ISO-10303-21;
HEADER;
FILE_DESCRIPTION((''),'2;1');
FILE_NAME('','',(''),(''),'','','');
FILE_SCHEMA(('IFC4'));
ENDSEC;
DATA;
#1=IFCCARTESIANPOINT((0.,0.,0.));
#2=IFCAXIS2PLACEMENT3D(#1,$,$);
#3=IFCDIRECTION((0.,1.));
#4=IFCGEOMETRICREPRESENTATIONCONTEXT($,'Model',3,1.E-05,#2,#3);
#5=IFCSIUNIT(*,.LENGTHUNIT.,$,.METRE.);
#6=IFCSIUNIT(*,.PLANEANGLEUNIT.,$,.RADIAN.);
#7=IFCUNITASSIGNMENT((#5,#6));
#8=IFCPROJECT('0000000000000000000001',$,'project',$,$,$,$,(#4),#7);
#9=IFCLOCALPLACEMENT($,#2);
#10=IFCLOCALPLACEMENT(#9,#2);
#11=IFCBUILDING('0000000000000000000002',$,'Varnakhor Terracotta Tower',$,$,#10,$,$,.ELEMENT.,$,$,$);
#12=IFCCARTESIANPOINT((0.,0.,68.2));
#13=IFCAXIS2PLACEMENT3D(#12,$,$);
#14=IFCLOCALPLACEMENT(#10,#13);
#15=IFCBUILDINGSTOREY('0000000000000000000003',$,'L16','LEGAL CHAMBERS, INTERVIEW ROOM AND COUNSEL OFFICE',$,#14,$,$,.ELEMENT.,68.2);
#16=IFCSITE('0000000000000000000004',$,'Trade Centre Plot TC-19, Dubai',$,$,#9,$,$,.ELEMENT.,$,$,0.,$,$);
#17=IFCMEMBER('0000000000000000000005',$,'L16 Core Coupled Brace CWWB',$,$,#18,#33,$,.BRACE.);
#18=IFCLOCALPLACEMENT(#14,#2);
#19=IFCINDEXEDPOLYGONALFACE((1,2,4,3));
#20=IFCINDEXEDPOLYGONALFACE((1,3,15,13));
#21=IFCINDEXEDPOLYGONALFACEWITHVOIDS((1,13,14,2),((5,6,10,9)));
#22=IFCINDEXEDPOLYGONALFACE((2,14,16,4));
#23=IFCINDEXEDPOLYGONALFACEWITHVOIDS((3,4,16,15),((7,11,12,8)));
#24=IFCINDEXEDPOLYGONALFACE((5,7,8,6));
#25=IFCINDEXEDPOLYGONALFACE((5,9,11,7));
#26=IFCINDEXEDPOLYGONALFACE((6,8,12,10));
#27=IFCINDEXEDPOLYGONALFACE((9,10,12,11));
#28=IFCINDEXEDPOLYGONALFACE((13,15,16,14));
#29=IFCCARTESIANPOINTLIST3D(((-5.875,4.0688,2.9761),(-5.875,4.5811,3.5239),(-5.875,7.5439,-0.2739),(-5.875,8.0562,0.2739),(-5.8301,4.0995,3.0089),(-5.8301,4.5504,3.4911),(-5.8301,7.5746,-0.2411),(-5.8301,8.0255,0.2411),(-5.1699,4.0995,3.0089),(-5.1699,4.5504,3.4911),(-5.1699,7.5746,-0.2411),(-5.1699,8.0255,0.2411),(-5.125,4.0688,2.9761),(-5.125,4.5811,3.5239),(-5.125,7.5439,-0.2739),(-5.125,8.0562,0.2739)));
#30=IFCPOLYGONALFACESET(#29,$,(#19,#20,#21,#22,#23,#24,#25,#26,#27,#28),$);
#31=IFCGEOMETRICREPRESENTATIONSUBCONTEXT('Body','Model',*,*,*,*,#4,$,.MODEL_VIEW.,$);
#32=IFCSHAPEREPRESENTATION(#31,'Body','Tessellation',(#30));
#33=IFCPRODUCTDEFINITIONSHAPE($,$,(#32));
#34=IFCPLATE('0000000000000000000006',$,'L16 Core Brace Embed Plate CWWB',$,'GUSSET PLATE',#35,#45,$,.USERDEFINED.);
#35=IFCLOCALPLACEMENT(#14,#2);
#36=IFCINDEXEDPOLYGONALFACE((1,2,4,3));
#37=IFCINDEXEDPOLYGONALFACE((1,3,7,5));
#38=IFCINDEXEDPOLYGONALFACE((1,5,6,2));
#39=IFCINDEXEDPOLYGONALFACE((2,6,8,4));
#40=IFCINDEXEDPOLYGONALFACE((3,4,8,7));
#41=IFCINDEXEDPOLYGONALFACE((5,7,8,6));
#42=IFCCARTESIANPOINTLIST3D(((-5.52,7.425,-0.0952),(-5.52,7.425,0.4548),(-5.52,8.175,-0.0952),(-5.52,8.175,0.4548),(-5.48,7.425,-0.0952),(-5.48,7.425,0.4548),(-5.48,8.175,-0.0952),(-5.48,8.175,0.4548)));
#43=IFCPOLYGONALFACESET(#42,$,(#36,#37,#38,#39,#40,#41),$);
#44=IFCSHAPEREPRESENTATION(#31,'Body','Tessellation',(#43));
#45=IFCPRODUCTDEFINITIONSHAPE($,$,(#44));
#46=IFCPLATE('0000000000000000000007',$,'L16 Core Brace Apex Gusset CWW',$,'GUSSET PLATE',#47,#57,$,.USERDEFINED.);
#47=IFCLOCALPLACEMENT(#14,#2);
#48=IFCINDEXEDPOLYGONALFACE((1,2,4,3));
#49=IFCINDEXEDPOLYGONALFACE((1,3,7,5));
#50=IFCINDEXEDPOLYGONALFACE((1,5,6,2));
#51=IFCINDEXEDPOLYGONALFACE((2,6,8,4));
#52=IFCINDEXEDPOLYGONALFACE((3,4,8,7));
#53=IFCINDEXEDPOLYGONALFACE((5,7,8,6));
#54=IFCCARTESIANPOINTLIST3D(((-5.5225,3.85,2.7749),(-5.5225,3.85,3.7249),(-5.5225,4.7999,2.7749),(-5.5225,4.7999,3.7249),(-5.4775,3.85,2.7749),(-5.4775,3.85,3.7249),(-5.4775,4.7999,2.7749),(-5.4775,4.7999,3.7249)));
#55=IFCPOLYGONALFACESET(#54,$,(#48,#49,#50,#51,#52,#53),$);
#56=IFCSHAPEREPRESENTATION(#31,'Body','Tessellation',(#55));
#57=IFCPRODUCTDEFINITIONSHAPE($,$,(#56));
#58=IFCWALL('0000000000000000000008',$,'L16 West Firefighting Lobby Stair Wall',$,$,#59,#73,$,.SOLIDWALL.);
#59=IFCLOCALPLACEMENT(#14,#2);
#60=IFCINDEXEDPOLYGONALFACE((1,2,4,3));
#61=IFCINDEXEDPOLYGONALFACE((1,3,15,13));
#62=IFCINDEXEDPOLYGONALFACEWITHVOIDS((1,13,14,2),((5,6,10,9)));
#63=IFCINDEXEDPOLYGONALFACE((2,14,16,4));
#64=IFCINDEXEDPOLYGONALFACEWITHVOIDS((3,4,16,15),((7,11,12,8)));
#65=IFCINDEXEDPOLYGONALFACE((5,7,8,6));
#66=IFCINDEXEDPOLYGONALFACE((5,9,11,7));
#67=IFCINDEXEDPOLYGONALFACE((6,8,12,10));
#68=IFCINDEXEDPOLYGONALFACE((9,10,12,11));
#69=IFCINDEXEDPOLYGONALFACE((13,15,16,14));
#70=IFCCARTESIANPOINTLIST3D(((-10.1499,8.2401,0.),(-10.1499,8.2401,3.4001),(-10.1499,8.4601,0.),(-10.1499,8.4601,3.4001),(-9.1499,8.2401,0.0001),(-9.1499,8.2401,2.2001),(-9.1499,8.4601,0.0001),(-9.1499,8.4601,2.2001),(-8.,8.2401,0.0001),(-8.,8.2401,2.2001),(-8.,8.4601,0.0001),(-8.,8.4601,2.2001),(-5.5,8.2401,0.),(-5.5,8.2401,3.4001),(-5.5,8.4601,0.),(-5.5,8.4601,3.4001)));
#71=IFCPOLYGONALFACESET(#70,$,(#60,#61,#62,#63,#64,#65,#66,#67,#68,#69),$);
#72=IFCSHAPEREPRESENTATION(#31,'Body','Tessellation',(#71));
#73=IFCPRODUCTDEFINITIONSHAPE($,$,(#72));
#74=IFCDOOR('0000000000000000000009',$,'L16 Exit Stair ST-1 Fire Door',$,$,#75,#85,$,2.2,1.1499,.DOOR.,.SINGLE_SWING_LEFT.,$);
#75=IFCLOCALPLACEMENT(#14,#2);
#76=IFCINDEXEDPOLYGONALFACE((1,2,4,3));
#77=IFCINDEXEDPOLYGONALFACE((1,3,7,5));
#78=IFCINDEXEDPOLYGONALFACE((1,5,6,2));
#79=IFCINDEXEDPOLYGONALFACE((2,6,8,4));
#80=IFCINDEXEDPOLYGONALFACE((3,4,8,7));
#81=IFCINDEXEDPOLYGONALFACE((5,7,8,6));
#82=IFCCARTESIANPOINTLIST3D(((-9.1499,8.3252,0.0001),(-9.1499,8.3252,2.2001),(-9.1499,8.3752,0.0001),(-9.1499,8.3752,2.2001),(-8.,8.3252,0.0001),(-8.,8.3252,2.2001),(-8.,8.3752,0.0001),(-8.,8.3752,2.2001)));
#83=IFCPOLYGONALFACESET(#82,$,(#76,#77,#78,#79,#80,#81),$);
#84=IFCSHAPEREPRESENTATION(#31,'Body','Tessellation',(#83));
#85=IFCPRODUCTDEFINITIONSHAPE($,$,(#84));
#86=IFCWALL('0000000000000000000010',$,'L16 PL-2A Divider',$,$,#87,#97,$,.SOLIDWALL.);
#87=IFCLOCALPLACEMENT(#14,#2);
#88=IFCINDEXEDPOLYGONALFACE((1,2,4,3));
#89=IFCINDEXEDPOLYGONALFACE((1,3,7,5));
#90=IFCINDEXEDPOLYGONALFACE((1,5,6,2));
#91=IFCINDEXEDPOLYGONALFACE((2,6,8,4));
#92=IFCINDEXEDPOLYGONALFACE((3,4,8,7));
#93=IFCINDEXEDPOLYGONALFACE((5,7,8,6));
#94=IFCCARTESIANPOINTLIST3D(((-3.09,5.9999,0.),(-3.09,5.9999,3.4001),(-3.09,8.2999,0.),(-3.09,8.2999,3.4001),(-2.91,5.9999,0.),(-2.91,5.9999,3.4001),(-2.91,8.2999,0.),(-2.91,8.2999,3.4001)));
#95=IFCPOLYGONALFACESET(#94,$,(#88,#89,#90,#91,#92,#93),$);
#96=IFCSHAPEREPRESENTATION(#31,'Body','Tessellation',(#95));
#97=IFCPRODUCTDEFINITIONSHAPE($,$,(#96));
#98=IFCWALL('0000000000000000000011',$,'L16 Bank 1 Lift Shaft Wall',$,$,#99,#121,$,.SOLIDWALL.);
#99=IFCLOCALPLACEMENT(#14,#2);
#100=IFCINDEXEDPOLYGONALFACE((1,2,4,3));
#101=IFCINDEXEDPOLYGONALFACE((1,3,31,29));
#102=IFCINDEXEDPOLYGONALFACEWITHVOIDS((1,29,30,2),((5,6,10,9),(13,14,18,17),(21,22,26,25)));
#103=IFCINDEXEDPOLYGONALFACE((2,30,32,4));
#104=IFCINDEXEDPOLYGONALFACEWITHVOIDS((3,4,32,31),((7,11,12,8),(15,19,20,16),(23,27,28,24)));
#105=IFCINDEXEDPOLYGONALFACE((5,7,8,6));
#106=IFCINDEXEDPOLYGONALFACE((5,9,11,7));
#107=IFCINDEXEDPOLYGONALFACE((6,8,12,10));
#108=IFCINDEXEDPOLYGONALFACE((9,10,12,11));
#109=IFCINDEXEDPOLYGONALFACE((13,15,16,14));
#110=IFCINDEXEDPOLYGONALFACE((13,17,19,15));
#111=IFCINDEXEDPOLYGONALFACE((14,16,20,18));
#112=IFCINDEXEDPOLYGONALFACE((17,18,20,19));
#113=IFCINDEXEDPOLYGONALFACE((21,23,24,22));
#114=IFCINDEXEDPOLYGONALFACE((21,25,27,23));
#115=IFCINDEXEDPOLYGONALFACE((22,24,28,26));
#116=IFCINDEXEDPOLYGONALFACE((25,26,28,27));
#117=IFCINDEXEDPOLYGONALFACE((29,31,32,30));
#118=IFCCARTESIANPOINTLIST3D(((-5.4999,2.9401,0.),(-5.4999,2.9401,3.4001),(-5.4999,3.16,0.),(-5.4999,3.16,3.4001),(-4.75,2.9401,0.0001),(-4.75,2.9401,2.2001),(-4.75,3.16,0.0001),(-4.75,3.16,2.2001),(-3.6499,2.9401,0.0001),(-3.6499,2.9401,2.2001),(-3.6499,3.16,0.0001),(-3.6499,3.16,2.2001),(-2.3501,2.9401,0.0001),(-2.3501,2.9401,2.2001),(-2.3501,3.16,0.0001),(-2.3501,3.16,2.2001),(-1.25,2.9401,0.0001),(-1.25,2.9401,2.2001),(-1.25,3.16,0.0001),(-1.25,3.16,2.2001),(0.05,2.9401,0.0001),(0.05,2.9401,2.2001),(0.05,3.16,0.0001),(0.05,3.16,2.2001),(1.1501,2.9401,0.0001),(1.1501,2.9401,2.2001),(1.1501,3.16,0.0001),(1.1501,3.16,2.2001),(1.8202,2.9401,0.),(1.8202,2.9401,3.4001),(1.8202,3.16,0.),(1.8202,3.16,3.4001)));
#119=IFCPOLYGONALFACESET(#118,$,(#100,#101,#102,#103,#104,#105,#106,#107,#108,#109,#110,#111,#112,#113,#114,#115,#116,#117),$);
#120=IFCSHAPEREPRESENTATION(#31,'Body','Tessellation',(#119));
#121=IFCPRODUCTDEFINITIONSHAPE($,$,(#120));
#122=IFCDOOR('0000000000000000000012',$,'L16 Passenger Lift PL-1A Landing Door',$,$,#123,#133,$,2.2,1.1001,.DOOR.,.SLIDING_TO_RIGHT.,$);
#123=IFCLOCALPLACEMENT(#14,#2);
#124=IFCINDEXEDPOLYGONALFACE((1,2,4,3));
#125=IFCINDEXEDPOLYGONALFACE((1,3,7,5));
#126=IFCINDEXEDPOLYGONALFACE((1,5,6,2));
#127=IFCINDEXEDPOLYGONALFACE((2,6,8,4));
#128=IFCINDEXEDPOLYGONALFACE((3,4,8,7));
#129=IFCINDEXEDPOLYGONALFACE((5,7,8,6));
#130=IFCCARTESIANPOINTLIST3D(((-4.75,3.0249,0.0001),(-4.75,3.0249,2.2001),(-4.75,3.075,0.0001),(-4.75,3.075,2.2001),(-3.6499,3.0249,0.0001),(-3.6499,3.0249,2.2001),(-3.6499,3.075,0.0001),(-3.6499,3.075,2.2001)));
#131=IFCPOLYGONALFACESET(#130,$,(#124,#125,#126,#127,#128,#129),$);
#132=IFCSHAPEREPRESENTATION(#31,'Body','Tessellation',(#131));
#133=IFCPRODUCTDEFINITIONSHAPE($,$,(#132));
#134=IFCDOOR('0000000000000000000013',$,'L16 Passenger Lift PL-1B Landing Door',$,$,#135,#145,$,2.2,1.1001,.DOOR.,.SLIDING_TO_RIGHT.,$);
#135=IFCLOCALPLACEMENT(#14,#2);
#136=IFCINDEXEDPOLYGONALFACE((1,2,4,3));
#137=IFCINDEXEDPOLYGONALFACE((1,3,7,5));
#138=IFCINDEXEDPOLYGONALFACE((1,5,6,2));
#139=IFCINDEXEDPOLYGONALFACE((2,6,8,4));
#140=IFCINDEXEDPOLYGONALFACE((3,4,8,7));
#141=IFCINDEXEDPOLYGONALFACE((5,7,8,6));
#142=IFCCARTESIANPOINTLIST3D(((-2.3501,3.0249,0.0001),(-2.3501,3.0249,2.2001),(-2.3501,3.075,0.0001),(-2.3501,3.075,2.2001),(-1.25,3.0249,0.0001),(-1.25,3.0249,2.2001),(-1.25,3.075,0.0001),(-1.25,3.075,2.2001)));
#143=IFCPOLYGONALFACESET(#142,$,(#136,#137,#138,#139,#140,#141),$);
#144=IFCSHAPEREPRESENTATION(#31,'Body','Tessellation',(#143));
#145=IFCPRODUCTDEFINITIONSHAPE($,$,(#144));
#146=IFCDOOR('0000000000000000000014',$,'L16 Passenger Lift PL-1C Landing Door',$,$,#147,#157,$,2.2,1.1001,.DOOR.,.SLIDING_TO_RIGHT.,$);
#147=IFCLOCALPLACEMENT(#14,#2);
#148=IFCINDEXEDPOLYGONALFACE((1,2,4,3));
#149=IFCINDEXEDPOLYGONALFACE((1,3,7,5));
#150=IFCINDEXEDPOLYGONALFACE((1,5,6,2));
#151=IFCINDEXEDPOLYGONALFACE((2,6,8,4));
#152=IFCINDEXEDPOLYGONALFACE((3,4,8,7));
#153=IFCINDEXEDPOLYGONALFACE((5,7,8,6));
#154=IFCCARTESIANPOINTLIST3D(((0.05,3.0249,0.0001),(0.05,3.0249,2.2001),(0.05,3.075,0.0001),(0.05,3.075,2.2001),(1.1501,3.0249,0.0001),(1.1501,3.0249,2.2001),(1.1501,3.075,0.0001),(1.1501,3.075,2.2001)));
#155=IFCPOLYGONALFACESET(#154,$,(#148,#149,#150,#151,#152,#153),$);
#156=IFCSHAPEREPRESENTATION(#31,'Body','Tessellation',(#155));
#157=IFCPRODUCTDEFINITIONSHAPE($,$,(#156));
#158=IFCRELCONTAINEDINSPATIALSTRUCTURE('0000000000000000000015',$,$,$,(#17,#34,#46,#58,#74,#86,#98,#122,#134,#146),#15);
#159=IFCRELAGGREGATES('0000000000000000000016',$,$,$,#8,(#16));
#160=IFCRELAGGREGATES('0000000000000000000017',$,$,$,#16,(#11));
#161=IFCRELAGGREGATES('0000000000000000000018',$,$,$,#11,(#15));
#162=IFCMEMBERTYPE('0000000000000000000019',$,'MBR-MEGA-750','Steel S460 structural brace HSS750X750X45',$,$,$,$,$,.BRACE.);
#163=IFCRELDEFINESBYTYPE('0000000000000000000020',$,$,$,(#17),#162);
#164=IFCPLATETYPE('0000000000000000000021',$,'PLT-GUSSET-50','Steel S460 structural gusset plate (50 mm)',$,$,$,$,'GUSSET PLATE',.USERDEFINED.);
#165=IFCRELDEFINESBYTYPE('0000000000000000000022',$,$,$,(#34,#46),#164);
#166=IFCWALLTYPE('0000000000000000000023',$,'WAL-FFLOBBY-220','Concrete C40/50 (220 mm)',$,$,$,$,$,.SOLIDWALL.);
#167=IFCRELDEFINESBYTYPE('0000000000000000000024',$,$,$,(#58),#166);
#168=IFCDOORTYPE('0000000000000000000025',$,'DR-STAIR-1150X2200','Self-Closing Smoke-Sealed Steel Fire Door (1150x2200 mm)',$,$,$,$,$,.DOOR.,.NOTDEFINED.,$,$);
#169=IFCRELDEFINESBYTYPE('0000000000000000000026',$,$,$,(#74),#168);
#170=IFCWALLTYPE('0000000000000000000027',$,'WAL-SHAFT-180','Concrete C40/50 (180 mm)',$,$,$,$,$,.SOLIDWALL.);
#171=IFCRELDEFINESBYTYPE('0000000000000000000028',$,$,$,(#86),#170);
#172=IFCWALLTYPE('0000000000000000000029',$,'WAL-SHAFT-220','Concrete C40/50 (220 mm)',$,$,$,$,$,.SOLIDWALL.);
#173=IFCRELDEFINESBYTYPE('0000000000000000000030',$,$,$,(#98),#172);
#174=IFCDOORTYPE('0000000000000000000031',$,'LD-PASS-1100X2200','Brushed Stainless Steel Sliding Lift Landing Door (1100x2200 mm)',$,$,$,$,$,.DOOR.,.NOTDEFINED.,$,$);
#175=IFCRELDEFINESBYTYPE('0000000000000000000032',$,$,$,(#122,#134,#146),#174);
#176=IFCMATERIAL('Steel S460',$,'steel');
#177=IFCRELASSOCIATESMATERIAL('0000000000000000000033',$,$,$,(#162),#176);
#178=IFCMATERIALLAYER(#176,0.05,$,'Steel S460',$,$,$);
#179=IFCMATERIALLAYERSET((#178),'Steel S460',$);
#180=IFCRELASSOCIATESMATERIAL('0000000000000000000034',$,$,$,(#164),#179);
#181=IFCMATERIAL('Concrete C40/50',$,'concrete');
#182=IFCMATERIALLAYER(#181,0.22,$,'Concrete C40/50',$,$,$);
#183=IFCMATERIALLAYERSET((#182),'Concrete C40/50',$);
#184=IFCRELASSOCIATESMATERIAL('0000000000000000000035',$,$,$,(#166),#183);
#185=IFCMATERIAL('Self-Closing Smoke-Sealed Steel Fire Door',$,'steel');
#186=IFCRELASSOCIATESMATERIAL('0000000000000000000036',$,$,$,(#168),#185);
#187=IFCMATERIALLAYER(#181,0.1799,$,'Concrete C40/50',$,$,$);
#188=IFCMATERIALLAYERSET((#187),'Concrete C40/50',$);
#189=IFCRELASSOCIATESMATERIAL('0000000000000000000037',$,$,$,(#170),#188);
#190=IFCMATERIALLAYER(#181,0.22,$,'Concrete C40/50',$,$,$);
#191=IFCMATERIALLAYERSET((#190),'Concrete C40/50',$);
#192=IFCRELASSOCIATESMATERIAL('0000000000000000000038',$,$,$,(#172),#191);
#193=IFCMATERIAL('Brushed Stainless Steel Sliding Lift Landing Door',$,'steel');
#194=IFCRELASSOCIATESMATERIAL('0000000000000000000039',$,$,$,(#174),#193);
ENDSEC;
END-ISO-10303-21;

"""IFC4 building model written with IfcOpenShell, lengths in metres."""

from ifc_helpers import new_model, si_unit, direction, frame, frame_2d, origin, origin_2d, place, context, subcontext, project, spatial, rectangle, hollow_rectangle, extrude, source, transform, mapped, material, layer, layer_set, material_profile, profile_set, type_object, type_shapes, element, fill, save


model = new_model("IFC4")

# Units and contexts
model_context = context("Model", 3, precision=1e-05, world=origin(), true_north=direction((0.0, 1.0)))
body_context = subcontext(model_context, "Body", "Model", "MODEL_VIEW")
ifc_project = project(units=[si_unit("LENGTHUNIT", "METRE"), si_unit("PLANEANGLEUNIT", "RADIAN")], contexts=[model_context])

# Site, building, storey
site_placement = place(None, origin())
site = spatial("IfcSite", under=ifc_project, at=site_placement, Name="Trade Centre Plot TC-19, Dubai", CompositionType="ELEMENT", RefElevation=0.0)
building_placement = place(site_placement, origin())
building = spatial("IfcBuilding", under=site, at=building_placement, Name="Varnakhor Terracotta Tower", CompositionType="ELEMENT")
storey_placement = place(building_placement, frame((0.0, 0.0, 68.2)))
storey = spatial("IfcBuildingStorey", under=building, at=storey_placement, Name="L16", Description="LEGAL CHAMBERS, INTERVIEW ROOM AND COUNSEL OFFICE", CompositionType="ELEMENT", Elevation=68.2)

# Member
ifc_material_1 = material(Name="Steel S460", Category="steel")
ifc_material_profile = material_profile(ifc_material_1, hollow_rectangle(XDim=0.75, YDim=0.75, WallThickness=0.0449, at=origin_2d()), Name="HSS750X750X45")
ifc_profile_set = profile_set([ifc_material_profile], Name="Steel S460")
member_type = type_object("IfcMemberType", Name="MBR-MEGA-750", Description="Steel S460 structural brace HSS750X750X45", PredefinedType="BRACE", material=ifc_profile_set)
shared_shape_1 = source(origin(), body_context, "Body", "SweptSolid", [
    extrude(hollow_rectangle(XDim=0.75, YDim=0.75, WallThickness=0.0449, at=origin_2d()), origin(), (0.0, 0.0, 1.0), 4.7581),
])
member_placement = place(storey_placement, frame((-5.5, 7.8, 0.0), z_axis=(0.0, -0.730366, 0.683056), x_axis=(1.0, 0.0, 0.0)))
element("IfcMember", 1, at=member_placement, inside=storey, type_object=member_type, Name="L16 Core Coupled Brace CWWB", PredefinedType="BRACE", context=body_context, shape_type="MappedRepresentation", body=[
    mapped(shared_shape_1, transform((0.0, 0.0, 0.0), scale=1.0)),
])

# Plates
ifc_layer_1 = layer(ifc_material_1, 0.05, Name="Steel S460")
ifc_layer_set_1 = layer_set([ifc_layer_1], Name="Steel S460")
plate_type = type_object("IfcPlateType", Name="PLT-GUSSET-50", Description="Steel S460 structural gusset plate (50 mm)", ElementType="GUSSET PLATE", PredefinedType="USERDEFINED", material=ifc_layer_set_1)
shared_shape_2 = source(origin(), body_context, "Body", "SweptSolid", [
    extrude(rectangle(XDim=0.75, YDim=0.04, at=origin_2d()), origin(), (0.0, 0.0, 1.0), 0.55),
])
type_shapes(plate_type, [shared_shape_2])
plate_1_placement = place(storey_placement, frame((-5.5, 7.8, -0.0952), z_axis=(0.0, 0.0, 1.0), x_axis=(0.0, 1.0, 0.0)))
element("IfcPlate", 2, at=plate_1_placement, inside=storey, type_object=plate_type, Name="L16 Core Brace Embed Plate CWWB", ObjectType="GUSSET PLATE", PredefinedType="USERDEFINED", context=body_context, shape_type="MappedRepresentation", body=[
    mapped(shared_shape_2, transform((0.0, 0.0, 0.0), scale=1.0)),
])
shared_shape_3 = source(origin(), body_context, "Body", "SweptSolid", [
    extrude(rectangle(XDim=0.95, YDim=0.0449, at=origin_2d()), origin(), (0.0, 0.0, 1.0), 0.95),
])
plate_2_placement = place(storey_placement, frame((-5.5, 4.325, 2.7749), z_axis=(0.0, 0.0, 1.0), x_axis=(0.0, 1.0, 0.0)))
element("IfcPlate", 3, at=plate_2_placement, inside=storey, type_object=plate_type, Name="L16 Core Brace Apex Gusset CWW", ObjectType="GUSSET PLATE", PredefinedType="USERDEFINED", context=body_context, shape_type="MappedRepresentation", body=[
    mapped(shared_shape_3, transform((0.0, 0.0, 0.0), scale=1.0)),
])

# Wall, opening, door
ifc_material_2 = material(Name="Concrete C40/50", Category="concrete")
ifc_layer_2 = layer(ifc_material_2, 0.22, Name="Concrete C40/50")
ifc_layer_set_2 = layer_set([ifc_layer_2], Name="Concrete C40/50")
wall_type_1 = type_object("IfcWallType", Name="WAL-FFLOBBY-220", Description="Concrete C40/50 (220 mm)", PredefinedType="SOLIDWALL", material=ifc_layer_set_2)
wall_1_placement = place(storey_placement, frame((-5.5, 8.3501, 0.0), z_axis=(0.0, 0.0, 1.0), x_axis=(-1.0, 0.0, 0.0)))
wall_1 = element("IfcWall", 4, at=wall_1_placement, inside=storey, type_object=wall_type_1, Name="L16 West Firefighting Lobby Stair Wall", PredefinedType="SOLIDWALL", context=body_context, shape_type="SweptSolid", body=[
    extrude(rectangle(XDim=4.6499, YDim=0.22, at=frame_2d((2.325, 0.0))), origin(), (0.0, 0.0, 1.0), 3.4001),
])
opening_1_placement = place(wall_1_placement, frame((2.5, 0.0, 0.0)))
opening_1 = element("IfcOpeningElement", 5, at=opening_1_placement, cuts=wall_1, PredefinedType="OPENING", context=body_context, shape_type="SweptSolid", body=[
    extrude(rectangle(XDim=1.1499, YDim=2.2, at=frame_2d((0.575, 1.1001))), frame((0.0, 0.1201, 0.0), z_axis=(0.0, -1.0, 0.0), x_axis=(1.0, 0.0, 0.0)), (0.0, 0.0, 1.0), 0.24),
])
ifc_material_3 = material(Name="Self-Closing Smoke-Sealed Steel Fire Door", Category="steel")
door_type_1 = type_object("IfcDoorType", Name="DR-STAIR-1150X2200", Description="Self-Closing Smoke-Sealed Steel Fire Door (1150x2200 mm)", OperationType="NOTDEFINED", PredefinedType="DOOR", material=ifc_material_3)
shared_shape_4 = source(origin(), body_context, "Body", "SweptSolid", [
    extrude(rectangle(XDim=1.1499, YDim=2.2, at=frame_2d((0.575, 1.1001))), frame((0.0, 0.0249, 0.0), z_axis=(0.0, -1.0, 0.0), x_axis=(1.0, 0.0, 0.0)), (0.0, 0.0, 1.0), 0.05),
])
type_shapes(door_type_1, [shared_shape_4])
door_1_placement = place(opening_1_placement, origin())
door_1 = element("IfcDoor", 6, at=door_1_placement, inside=storey, type_object=door_type_1, Name="L16 Exit Stair ST-1 Fire Door", OperationType="SINGLE_SWING_LEFT", OverallHeight=2.2, OverallWidth=1.1499, PredefinedType="DOOR", context=body_context, shape_type="MappedRepresentation", body=[
    mapped(shared_shape_4, transform((0.0, 0.0, 0.0), scale=1.0)),
])
fill(opening_1, door_1)

# Wall
ifc_layer_3 = layer(ifc_material_2, 0.1799, Name="Concrete C40/50")
ifc_layer_set_3 = layer_set([ifc_layer_3], Name="Concrete C40/50")
wall_type_2 = type_object("IfcWallType", Name="WAL-SHAFT-180", Description="Concrete C40/50 (180 mm)", PredefinedType="SOLIDWALL", material=ifc_layer_set_3)
wall_2_placement = place(storey_placement, frame((-3.0, 6.0, 0.0), z_axis=(0.0, 0.0, 1.0), x_axis=(0.0, 1.0, 0.0)))
element("IfcWall", 7, at=wall_2_placement, inside=storey, type_object=wall_type_2, Name="L16 PL-2A Divider", PredefinedType="SOLIDWALL", context=body_context, shape_type="SweptSolid", body=[
    extrude(rectangle(XDim=2.3, YDim=0.1799, at=frame_2d((1.1499, 0.0))), origin(), (0.0, 0.0, 1.0), 3.4001),
])

# Wall, openings, doors
ifc_layer_4 = layer(ifc_material_2, 0.22, Name="Concrete C40/50")
ifc_layer_set_4 = layer_set([ifc_layer_4], Name="Concrete C40/50")
wall_type_3 = type_object("IfcWallType", Name="WAL-SHAFT-220", Description="Concrete C40/50 (220 mm)", PredefinedType="SOLIDWALL", material=ifc_layer_set_4)
wall_3_placement = place(storey_placement, frame((-5.5, 3.05, 0.0), z_axis=(0.0, 0.0, 1.0), x_axis=(1.0, 0.0, 0.0)))
wall_3 = element("IfcWall", 8, at=wall_3_placement, inside=storey, type_object=wall_type_3, Name="L16 Bank 1 Lift Shaft Wall", PredefinedType="SOLIDWALL", context=body_context, shape_type="SweptSolid", body=[
    extrude(rectangle(XDim=7.3201, YDim=0.22, at=frame_2d((3.6602, 0.0))), origin(), (0.0, 0.0, 1.0), 3.4001),
])
opening_2_placement = place(wall_3_placement, frame((0.75, 0.0, 0.0)))
opening_2 = element("IfcOpeningElement", 9, at=opening_2_placement, cuts=wall_3, PredefinedType="OPENING", context=body_context, shape_type="SweptSolid", body=[
    extrude(rectangle(XDim=1.1001, YDim=2.2, at=frame_2d((0.55, 1.1001))), frame((0.0, 0.1201, 0.0), z_axis=(0.0, -1.0, 0.0), x_axis=(1.0, 0.0, 0.0)), (0.0, 0.0, 1.0), 0.24),
])
opening_3_placement = place(wall_3_placement, frame((3.1499, 0.0, 0.0)))
opening_3 = element("IfcOpeningElement", 10, at=opening_3_placement, cuts=wall_3, PredefinedType="OPENING", context=body_context, shape_type="SweptSolid", body=[
    extrude(rectangle(XDim=1.1001, YDim=2.2, at=frame_2d((0.55, 1.1001))), frame((0.0, 0.1201, 0.0), z_axis=(0.0, -1.0, 0.0), x_axis=(1.0, 0.0, 0.0)), (0.0, 0.0, 1.0), 0.24),
])
opening_4_placement = place(wall_3_placement, frame((5.55, 0.0, 0.0)))
opening_4 = element("IfcOpeningElement", 11, at=opening_4_placement, cuts=wall_3, PredefinedType="OPENING", context=body_context, shape_type="SweptSolid", body=[
    extrude(rectangle(XDim=1.1001, YDim=2.2, at=frame_2d((0.55, 1.1001))), frame((0.0, 0.1201, 0.0), z_axis=(0.0, -1.0, 0.0), x_axis=(1.0, 0.0, 0.0)), (0.0, 0.0, 1.0), 0.24),
])
ifc_material_4 = material(Name="Brushed Stainless Steel Sliding Lift Landing Door", Category="steel")
door_type_2 = type_object("IfcDoorType", Name="LD-PASS-1100X2200", Description="Brushed Stainless Steel Sliding Lift Landing Door (1100x2200 mm)", OperationType="NOTDEFINED", PredefinedType="DOOR", material=ifc_material_4)
shared_shape_5 = source(origin(), body_context, "Body", "SweptSolid", [
    extrude(rectangle(XDim=1.1001, YDim=2.2, at=frame_2d((0.55, 1.1001))), frame((0.0, 0.0249, 0.0), z_axis=(0.0, -1.0, 0.0), x_axis=(1.0, 0.0, 0.0)), (0.0, 0.0, 1.0), 0.05),
])
type_shapes(door_type_2, [shared_shape_5])
door_2_placement = place(opening_2_placement, origin())
door_2 = element("IfcDoor", 12, at=door_2_placement, inside=storey, type_object=door_type_2, Name="L16 Passenger Lift PL-1A Landing Door", OperationType="SLIDING_TO_RIGHT", OverallHeight=2.2, OverallWidth=1.1001, PredefinedType="DOOR", context=body_context, shape_type="MappedRepresentation", body=[
    mapped(shared_shape_5, transform((0.0, 0.0, 0.0), scale=1.0)),
])
fill(opening_2, door_2)
door_3_placement = place(opening_3_placement, origin())
door_3 = element("IfcDoor", 13, at=door_3_placement, inside=storey, type_object=door_type_2, Name="L16 Passenger Lift PL-1B Landing Door", OperationType="SLIDING_TO_RIGHT", OverallHeight=2.2, OverallWidth=1.1001, PredefinedType="DOOR", context=body_context, shape_type="MappedRepresentation", body=[
    mapped(shared_shape_5, transform((0.0, 0.0, 0.0), scale=1.0)),
])
fill(opening_3, door_3)
door_4_placement = place(opening_4_placement, origin())
door_4 = element("IfcDoor", 14, at=door_4_placement, inside=storey, type_object=door_type_2, Name="L16 Passenger Lift PL-1C Landing Door", OperationType="SLIDING_TO_RIGHT", OverallHeight=2.2, OverallWidth=1.1001, PredefinedType="DOOR", context=body_context, shape_type="MappedRepresentation", body=[
    mapped(shared_shape_5, transform((0.0, 0.0, 0.0), scale=1.0)),
])
fill(opening_4, door_4)

save(model, "model.ifc")
